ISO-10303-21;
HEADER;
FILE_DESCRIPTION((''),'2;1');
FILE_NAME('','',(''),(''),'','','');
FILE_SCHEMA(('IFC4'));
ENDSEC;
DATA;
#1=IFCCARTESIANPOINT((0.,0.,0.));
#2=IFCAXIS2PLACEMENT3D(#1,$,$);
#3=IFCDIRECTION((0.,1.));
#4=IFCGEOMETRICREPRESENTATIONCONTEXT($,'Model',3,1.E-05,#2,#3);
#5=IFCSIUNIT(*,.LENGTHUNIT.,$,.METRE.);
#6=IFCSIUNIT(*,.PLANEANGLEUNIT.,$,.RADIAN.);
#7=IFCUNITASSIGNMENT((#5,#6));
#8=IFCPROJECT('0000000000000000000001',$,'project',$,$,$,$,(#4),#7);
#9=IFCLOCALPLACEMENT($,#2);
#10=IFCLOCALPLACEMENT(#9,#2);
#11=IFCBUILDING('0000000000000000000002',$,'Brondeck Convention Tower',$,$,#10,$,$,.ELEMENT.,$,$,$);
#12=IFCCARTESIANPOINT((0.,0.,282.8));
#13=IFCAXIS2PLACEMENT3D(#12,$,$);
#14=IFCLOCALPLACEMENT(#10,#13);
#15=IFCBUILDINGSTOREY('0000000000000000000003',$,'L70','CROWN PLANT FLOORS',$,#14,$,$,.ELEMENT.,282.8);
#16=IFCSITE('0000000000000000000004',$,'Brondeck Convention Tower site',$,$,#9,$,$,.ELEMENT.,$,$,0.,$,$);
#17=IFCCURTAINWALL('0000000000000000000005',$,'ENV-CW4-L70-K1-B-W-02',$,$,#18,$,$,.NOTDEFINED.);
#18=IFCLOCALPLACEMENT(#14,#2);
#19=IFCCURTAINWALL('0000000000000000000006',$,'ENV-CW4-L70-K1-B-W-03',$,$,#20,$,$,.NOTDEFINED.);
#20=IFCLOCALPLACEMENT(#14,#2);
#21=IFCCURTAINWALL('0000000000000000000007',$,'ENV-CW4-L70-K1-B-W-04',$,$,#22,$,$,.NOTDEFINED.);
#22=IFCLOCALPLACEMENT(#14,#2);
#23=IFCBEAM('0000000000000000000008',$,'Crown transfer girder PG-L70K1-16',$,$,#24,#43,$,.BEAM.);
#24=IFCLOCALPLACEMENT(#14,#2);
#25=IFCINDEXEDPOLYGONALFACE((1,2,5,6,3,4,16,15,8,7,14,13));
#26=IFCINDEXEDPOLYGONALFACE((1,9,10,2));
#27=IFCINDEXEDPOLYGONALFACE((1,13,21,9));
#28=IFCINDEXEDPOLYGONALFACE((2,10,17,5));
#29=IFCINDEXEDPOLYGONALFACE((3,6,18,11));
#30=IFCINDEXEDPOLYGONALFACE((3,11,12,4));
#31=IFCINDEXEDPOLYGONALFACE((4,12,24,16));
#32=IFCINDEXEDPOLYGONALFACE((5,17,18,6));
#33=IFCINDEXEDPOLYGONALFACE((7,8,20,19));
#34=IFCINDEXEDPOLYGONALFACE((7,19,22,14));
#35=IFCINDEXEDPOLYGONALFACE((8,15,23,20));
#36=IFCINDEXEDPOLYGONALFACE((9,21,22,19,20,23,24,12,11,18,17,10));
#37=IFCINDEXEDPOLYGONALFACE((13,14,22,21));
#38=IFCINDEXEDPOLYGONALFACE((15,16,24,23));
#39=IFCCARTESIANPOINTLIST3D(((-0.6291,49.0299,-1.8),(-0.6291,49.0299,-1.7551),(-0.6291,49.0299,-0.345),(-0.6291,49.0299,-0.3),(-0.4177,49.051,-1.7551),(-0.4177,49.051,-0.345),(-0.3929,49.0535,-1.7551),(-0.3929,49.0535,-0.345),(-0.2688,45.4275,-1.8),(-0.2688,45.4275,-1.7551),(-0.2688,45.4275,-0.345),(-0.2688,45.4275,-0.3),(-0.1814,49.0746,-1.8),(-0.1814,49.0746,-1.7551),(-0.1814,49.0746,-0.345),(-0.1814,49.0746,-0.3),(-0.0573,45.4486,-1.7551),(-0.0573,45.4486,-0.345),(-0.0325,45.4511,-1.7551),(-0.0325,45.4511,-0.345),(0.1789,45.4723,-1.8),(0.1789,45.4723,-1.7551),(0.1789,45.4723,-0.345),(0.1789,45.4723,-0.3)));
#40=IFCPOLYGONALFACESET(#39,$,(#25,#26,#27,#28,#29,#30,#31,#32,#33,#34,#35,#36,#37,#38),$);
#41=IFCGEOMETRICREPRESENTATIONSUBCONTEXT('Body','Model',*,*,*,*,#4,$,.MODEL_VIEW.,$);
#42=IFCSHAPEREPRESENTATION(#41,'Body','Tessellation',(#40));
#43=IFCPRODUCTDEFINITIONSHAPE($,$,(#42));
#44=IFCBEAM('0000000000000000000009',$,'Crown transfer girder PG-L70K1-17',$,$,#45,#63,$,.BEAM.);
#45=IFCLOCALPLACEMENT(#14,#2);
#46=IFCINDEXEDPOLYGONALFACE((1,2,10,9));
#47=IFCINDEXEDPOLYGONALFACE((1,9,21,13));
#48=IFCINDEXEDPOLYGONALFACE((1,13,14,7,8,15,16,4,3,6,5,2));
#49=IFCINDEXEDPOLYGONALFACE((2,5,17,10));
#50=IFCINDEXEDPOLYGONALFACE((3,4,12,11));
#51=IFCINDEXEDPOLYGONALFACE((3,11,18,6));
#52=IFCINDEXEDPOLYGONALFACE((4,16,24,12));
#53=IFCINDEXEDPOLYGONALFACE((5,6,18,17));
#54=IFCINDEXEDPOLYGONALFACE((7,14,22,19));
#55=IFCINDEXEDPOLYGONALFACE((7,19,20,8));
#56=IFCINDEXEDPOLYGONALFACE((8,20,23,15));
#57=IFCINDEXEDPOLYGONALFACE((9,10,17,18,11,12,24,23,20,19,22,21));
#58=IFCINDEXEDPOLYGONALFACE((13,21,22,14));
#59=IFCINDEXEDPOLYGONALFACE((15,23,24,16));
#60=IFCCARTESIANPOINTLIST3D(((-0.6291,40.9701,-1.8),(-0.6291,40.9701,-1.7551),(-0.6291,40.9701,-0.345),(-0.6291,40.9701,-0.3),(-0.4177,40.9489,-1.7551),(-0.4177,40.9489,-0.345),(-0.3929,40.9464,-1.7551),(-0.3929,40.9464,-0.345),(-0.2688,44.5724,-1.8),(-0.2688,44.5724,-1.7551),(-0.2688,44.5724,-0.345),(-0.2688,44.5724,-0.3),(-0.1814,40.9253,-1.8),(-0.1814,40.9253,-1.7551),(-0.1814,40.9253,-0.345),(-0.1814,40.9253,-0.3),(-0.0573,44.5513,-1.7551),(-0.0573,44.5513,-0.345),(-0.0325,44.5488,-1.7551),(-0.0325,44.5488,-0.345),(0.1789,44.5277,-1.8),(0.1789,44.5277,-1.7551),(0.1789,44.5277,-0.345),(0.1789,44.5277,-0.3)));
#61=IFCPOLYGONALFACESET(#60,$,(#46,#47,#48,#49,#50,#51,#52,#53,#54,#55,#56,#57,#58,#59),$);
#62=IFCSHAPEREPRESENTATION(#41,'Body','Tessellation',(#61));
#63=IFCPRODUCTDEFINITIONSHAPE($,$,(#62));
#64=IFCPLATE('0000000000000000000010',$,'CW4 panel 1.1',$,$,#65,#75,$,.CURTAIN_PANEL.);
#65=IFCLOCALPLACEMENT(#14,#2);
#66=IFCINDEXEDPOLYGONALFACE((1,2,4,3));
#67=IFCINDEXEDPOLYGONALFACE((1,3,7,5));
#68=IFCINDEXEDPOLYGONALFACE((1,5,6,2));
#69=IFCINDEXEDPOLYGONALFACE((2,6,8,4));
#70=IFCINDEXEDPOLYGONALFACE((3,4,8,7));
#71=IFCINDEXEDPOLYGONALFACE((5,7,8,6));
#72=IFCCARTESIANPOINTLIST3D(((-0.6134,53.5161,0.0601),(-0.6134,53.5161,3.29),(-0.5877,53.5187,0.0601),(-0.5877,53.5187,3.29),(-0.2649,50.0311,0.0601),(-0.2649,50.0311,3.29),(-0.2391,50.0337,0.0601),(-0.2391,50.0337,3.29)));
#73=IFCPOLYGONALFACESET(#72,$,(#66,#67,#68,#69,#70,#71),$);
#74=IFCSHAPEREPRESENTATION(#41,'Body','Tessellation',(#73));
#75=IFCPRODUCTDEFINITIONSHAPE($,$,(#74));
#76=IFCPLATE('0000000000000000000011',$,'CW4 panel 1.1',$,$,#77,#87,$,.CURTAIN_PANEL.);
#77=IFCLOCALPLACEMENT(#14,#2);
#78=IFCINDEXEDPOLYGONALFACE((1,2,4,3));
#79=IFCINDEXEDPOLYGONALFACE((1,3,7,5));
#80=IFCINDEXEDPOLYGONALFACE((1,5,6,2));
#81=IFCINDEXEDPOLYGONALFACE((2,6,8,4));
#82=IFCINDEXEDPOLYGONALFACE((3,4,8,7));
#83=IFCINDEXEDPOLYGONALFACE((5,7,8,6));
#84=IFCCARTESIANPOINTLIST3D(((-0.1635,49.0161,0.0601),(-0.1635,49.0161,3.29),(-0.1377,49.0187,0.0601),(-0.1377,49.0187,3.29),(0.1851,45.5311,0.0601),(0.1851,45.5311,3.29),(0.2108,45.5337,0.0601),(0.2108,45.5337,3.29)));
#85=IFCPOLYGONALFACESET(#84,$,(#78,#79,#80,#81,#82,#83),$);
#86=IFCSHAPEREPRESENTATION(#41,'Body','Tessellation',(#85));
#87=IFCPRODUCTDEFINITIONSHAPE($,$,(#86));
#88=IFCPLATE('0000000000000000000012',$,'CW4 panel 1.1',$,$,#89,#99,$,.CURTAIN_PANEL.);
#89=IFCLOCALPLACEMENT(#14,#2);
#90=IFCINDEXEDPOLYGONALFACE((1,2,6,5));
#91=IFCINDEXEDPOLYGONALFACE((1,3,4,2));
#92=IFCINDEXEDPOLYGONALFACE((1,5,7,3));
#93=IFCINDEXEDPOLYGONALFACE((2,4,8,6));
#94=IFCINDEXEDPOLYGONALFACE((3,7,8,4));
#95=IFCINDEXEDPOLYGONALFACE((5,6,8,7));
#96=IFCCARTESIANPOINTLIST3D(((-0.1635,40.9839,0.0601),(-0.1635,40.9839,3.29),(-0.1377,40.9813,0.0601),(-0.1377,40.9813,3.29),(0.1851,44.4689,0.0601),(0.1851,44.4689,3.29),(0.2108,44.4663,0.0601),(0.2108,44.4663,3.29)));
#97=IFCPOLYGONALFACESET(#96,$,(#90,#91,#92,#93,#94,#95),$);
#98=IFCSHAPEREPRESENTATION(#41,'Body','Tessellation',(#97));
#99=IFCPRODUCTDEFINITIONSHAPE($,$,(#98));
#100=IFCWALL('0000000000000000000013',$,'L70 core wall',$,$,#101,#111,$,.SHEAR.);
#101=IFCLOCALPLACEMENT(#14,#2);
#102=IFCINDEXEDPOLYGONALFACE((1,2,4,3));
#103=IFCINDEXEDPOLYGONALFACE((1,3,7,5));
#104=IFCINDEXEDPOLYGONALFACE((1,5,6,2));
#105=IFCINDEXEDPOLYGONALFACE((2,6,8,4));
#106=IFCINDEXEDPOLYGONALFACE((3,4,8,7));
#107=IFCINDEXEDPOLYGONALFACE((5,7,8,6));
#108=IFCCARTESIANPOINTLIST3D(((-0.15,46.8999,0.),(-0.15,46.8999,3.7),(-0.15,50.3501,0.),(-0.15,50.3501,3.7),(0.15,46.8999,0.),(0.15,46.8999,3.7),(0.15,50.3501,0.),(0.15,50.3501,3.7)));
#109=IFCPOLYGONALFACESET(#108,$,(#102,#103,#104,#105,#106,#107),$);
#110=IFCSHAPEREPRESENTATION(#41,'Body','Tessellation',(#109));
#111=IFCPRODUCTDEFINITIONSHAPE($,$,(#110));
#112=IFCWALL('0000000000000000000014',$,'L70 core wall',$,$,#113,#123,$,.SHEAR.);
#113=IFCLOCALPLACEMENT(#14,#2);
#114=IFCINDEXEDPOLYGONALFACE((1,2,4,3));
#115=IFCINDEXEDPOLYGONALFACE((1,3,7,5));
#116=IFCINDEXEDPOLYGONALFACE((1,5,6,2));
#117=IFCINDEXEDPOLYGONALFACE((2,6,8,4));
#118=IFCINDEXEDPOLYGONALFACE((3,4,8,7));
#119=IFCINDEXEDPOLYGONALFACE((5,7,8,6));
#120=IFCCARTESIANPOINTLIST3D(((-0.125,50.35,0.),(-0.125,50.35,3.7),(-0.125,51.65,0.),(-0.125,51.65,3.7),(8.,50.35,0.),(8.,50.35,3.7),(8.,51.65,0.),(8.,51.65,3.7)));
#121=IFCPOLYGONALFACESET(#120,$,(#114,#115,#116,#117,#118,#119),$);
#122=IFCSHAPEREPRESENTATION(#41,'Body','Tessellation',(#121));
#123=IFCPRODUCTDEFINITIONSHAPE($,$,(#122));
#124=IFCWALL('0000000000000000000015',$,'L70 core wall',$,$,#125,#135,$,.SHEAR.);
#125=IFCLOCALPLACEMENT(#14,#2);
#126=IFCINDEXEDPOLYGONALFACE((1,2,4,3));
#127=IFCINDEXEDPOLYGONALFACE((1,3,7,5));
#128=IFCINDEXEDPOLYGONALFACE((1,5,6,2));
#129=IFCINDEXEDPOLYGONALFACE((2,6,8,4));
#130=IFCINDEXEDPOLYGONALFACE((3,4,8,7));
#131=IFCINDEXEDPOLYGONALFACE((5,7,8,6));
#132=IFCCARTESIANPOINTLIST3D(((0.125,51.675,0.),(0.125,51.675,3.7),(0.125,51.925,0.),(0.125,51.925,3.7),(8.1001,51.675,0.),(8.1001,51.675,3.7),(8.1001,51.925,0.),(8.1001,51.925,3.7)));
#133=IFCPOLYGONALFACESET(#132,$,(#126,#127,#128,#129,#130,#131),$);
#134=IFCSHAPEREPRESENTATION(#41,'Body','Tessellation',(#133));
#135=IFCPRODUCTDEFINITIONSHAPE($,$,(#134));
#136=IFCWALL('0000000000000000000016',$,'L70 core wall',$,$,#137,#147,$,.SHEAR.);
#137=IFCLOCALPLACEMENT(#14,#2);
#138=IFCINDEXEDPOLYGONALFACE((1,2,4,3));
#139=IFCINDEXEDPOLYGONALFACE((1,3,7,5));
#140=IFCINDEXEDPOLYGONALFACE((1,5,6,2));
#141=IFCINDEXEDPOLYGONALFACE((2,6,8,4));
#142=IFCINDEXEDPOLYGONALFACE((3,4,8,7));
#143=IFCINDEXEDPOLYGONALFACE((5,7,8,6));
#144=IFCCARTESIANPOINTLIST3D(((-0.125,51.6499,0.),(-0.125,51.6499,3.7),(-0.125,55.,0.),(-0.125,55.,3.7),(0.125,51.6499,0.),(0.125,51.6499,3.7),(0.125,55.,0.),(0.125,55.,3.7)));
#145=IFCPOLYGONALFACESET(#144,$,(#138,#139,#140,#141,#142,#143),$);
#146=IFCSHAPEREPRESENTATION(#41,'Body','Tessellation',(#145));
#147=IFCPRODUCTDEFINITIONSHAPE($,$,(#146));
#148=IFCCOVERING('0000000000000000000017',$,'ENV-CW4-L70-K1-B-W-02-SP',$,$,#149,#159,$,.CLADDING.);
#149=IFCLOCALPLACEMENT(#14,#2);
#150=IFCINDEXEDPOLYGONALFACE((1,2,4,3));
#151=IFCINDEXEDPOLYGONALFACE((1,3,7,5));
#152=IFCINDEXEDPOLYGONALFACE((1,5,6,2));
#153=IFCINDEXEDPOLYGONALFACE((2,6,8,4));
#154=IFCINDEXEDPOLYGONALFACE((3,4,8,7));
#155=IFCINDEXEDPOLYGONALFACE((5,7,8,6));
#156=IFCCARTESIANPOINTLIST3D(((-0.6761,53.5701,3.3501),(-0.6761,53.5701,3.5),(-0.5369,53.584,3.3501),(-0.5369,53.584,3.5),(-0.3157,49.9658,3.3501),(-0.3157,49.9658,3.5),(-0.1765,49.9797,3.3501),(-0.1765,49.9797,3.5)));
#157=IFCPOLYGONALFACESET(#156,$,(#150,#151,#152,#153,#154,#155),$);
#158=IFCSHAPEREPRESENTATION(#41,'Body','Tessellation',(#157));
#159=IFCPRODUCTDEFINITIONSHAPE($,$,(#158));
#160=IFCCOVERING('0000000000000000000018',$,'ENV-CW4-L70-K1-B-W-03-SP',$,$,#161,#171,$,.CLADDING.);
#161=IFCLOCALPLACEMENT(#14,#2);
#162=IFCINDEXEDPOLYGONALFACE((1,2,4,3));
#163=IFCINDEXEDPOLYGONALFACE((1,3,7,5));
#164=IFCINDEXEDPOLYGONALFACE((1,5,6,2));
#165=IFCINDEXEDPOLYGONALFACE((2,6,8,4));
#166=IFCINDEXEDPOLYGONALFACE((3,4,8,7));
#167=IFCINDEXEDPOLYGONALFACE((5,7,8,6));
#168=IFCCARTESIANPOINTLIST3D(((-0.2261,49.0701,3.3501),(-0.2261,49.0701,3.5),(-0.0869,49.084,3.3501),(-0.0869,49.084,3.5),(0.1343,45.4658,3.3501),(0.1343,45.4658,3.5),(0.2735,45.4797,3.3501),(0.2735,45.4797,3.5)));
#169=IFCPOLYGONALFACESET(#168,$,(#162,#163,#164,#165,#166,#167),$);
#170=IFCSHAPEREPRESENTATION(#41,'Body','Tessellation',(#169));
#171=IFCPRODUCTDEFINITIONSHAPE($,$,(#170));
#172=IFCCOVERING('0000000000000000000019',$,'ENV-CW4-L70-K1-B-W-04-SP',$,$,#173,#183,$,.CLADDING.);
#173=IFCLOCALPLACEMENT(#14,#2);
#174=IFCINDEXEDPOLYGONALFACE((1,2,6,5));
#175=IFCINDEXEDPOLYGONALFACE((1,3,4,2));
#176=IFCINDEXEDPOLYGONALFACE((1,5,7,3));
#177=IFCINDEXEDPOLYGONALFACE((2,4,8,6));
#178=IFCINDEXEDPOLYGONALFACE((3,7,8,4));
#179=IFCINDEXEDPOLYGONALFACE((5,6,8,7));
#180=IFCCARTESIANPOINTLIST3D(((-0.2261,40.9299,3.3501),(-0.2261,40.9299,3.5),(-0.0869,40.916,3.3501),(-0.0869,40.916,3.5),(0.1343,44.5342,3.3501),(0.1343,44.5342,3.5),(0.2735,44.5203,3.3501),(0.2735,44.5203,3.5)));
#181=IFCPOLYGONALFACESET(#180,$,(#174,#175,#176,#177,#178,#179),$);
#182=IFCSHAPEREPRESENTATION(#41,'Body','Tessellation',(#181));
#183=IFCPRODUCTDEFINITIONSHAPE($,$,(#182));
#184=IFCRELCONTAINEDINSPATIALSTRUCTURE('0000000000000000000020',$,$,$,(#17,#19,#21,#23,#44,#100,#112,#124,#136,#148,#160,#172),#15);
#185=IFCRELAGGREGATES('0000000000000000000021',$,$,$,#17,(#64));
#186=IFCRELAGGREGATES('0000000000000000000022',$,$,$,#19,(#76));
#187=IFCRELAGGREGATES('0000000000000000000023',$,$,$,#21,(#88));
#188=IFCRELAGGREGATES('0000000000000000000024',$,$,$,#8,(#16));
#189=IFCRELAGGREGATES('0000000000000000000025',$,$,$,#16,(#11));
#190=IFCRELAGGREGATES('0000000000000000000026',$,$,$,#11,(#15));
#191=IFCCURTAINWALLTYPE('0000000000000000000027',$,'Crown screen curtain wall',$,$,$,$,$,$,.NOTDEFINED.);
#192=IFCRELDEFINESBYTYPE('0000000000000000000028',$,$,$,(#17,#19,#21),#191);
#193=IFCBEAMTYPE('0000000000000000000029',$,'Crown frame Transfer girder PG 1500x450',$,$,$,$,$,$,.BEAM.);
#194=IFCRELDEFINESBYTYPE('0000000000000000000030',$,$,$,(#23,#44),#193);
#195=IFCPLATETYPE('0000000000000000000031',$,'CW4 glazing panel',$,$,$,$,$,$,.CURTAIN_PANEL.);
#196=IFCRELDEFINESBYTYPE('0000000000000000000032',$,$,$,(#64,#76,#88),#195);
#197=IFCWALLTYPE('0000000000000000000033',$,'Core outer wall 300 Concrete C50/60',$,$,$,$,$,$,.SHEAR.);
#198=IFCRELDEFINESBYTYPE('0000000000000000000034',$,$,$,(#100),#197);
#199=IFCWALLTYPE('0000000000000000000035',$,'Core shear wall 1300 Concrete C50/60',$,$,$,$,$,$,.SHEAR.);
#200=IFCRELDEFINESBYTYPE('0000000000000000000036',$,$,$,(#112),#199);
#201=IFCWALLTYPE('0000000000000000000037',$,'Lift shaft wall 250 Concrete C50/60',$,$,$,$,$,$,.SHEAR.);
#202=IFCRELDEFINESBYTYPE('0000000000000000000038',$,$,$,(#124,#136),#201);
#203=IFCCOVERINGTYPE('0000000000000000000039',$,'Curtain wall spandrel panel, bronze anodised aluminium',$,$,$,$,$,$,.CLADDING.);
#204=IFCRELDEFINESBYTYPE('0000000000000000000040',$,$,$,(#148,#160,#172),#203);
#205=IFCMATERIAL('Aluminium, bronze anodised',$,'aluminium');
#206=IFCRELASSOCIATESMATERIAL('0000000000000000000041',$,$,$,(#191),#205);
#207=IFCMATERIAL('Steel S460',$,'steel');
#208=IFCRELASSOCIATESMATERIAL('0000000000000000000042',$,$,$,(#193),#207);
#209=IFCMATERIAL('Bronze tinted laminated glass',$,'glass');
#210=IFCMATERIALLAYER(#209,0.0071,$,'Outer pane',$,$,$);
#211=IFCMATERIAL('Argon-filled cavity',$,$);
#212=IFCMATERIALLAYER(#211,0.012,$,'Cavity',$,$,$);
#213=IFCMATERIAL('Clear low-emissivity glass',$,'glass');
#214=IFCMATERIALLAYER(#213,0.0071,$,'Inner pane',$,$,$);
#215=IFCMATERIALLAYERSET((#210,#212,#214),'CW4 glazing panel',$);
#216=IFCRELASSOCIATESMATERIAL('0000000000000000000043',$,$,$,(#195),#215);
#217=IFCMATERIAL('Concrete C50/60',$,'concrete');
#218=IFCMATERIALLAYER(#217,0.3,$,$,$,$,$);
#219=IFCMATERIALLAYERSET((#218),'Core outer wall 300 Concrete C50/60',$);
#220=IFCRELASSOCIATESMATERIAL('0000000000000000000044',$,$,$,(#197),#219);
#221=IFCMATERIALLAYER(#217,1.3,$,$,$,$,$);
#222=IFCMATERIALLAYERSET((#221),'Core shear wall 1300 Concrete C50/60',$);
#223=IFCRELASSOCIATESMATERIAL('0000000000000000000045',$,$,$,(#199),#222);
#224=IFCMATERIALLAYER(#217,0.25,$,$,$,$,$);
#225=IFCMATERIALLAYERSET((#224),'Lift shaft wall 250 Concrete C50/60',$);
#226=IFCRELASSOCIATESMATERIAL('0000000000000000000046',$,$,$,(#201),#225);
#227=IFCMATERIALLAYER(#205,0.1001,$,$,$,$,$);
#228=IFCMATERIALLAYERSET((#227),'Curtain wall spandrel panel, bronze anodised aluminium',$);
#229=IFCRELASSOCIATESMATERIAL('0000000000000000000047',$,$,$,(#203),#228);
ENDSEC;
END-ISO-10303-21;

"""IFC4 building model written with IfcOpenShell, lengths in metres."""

from ifc_helpers import new_model, si_unit, direction, frame, frame_2d, origin, origin_2d, place, context, subcontext, project, spatial, rectangle, i_section, extrude, material, layer, layer_set, material_profile, profile_set, type_object, element, aggregate, save


model = new_model("IFC4")

# Units and contexts
model_context = context("Model", 3, precision=1e-05, world=origin(), true_north=direction((0.0, 1.0)))
body_context = subcontext(model_context, "Body", "Model", "MODEL_VIEW")
ifc_project = project(units=[si_unit("LENGTHUNIT", "METRE"), si_unit("PLANEANGLEUNIT", "RADIAN")], contexts=[model_context])

# Site, building, storey
site_placement = place(None, origin())
site = spatial("IfcSite", under=ifc_project, at=site_placement, Name="Brondeck Convention Tower site", CompositionType="ELEMENT", RefElevation=0.0)
building_placement = place(site_placement, origin())
building = spatial("IfcBuilding", under=site, at=building_placement, Name="Brondeck Convention Tower", CompositionType="ELEMENT")
storey_placement = place(building_placement, frame((0.0, 0.0, 282.8)))
storey = spatial("IfcBuildingStorey", under=building, at=storey_placement, Name="L70", Description="CROWN PLANT FLOORS", CompositionType="ELEMENT", Elevation=282.8)

# Shared definitions
ifc_material_1 = material(Name="Concrete C50/60", Category="concrete")

# Shared definitions
ifc_material_2 = material(Name="Aluminium, bronze anodised", Category="aluminium")
curtain_wall_type = type_object("IfcCurtainWallType", Name="Crown screen curtain wall", PredefinedType="NOTDEFINED", material=ifc_material_2)

# Curtain wall
curtain_wall_1_placement = place(storey_placement, origin())
curtain_wall_1 = element("IfcCurtainWall", 1, at=curtain_wall_1_placement, inside=storey, type_object=curtain_wall_type, Name="ENV-CW4-L70-K1-B-W-02", PredefinedType="NOTDEFINED")

# Curtain wall
curtain_wall_2_placement = place(storey_placement, origin())
curtain_wall_2 = element("IfcCurtainWall", 2, at=curtain_wall_2_placement, inside=storey, type_object=curtain_wall_type, Name="ENV-CW4-L70-K1-B-W-03", PredefinedType="NOTDEFINED")

# Curtain wall
curtain_wall_3_placement = place(storey_placement, origin())
curtain_wall_3 = element("IfcCurtainWall", 3, at=curtain_wall_3_placement, inside=storey, type_object=curtain_wall_type, Name="ENV-CW4-L70-K1-B-W-04", PredefinedType="NOTDEFINED")

# Beams
ifc_material_3 = material(Name="Steel S460", Category="steel")
ifc_material_profile_1 = material_profile(ifc_material_3, i_section(OverallWidth=0.45, OverallDepth=1.5, WebThickness=0.0249, FlangeThickness=0.0449, at=origin_2d()), Name="PG 1500x450")
ifc_profile_set_1 = profile_set([ifc_material_profile_1], Name="Steel S460")
beam_type = type_object("IfcBeamType", Name="Crown frame Transfer girder PG 1500x450", PredefinedType="BEAM", material=ifc_profile_set_1)
for number, where, z_axis, x_axis, name in (
    (4, (-0.4053, 49.0522, -1.05), (0.099537, -0.995034, 0.0), (0.995034, 0.099537, 0.0), "Crown transfer girder PG-L70K1-16"),
    (5, (-0.0449, 44.55, -1.05), (-0.099537, -0.995034, 0.0), (0.995034, -0.099537, 0.0), "Crown transfer girder PG-L70K1-17"),
):
    element("IfcBeam", number, at=place(storey_placement, frame(where, z_axis=z_axis, x_axis=x_axis)), inside=storey, type_object=beam_type, Name=name, PredefinedType="BEAM", context=body_context, shape_type="SweptSolid", body=[
        extrude(i_section(OverallWidth=0.45, OverallDepth=1.5, WebThickness=0.0249, FlangeThickness=0.0449, at=origin_2d()), origin(), (0.0, 0.0, 1.0), 3.6204),
    ])

# Plates
ifc_material_4 = material(Name="Bronze tinted laminated glass", Category="glass")
ifc_layer_1 = layer(ifc_material_4, 0.0071, Name="Outer pane")
ifc_material_5 = material(Name="Argon-filled cavity")
ifc_layer_2 = layer(ifc_material_5, 0.012, Name="Cavity")
ifc_material_6 = material(Name="Clear low-emissivity glass", Category="glass")
ifc_layer_3 = layer(ifc_material_6, 0.0071, Name="Inner pane")
ifc_layer_set_1 = layer_set([ifc_layer_1, ifc_layer_2, ifc_layer_3], Name="CW4 glazing panel")
plate_type = type_object("IfcPlateType", Name="CW4 glazing panel", PredefinedType="CURTAIN_PANEL", material=ifc_layer_set_1)
plate_1_placement = place(storey_placement, frame((-0.4263, 51.7749, 0.0601), z_axis=(0.0, 0.0, 1.0), x_axis=(-0.099517, 0.995036, 0.0)))
plate_1 = element("IfcPlate", 6, at=plate_1_placement, type_object=plate_type, Name="CW4 panel 1.1", PredefinedType="CURTAIN_PANEL", context=body_context, shape_type="SweptSolid", body=[
    extrude(rectangle(XDim=3.5024, YDim=0.0259, at=origin_2d()), origin(), (0.0, 0.0, 1.0), 3.23),
])
aggregate(curtain_wall_1, [plate_1])
plate_2_placement = place(storey_placement, frame((0.0237, 47.2749, 0.0601), z_axis=(0.0, 0.0, 1.0), x_axis=(-0.099517, 0.995036, 0.0)))
plate_2 = element("IfcPlate", 7, at=plate_2_placement, type_object=plate_type, Name="CW4 panel 1.1", PredefinedType="CURTAIN_PANEL", context=body_context, shape_type="SweptSolid", body=[
    extrude(rectangle(XDim=3.5024, YDim=0.0259, at=origin_2d()), origin(), (0.0, 0.0, 1.0), 3.23),
])
aggregate(curtain_wall_2, [plate_2])
plate_3_placement = place(storey_placement, frame((0.0237, 42.7251, 0.0601), z_axis=(0.0, 0.0, 1.0), x_axis=(0.099517, 0.995036, 0.0)))
plate_3 = element("IfcPlate", 8, at=plate_3_placement, type_object=plate_type, Name="CW4 panel 1.1", PredefinedType="CURTAIN_PANEL", context=body_context, shape_type="SweptSolid", body=[
    extrude(rectangle(XDim=3.5024, YDim=0.0259, at=origin_2d()), origin(), (0.0, 0.0, 1.0), 3.23),
])
aggregate(curtain_wall_3, [plate_3])

# Walls
ifc_layer_4 = layer(ifc_material_1, 0.3)
ifc_layer_set_2 = layer_set([ifc_layer_4], Name="Core outer wall 300 Concrete C50/60")
wall_type_1 = type_object("IfcWallType", Name="Core outer wall 300 Concrete C50/60", PredefinedType="SHEAR", material=ifc_layer_set_2)
wall_1_placement = place(storey_placement, frame((0.0, 46.8999, 0.0), z_axis=(0.0, 0.0, 1.0), x_axis=(0.0, 1.0, 0.0)))
element("IfcWall", 9, at=wall_1_placement, inside=storey, type_object=wall_type_1, Name="L70 core wall", PredefinedType="SHEAR", context=body_context, shape_type="SweptSolid", body=[
    extrude(rectangle(XDim=3.4502, YDim=0.3, at=frame_2d((1.7251, 0.0))), origin(), (0.0, 0.0, 1.0), 3.7),
])
ifc_layer_5 = layer(ifc_material_1, 1.3)
ifc_layer_set_3 = layer_set([ifc_layer_5], Name="Core shear wall 1300 Concrete C50/60")
wall_type_2 = type_object("IfcWallType", Name="Core shear wall 1300 Concrete C50/60", PredefinedType="SHEAR", material=ifc_layer_set_3)
wall_2_placement = place(storey_placement, frame((-0.125, 51.0, 0.0), z_axis=(0.0, 0.0, 1.0), x_axis=(1.0, 0.0, 0.0)))
element("IfcWall", 10, at=wall_2_placement, inside=storey, type_object=wall_type_2, Name="L70 core wall", PredefinedType="SHEAR", context=body_context, shape_type="SweptSolid", body=[
    extrude(rectangle(XDim=8.125, YDim=1.3, at=frame_2d((4.0625, 0.0))), origin(), (0.0, 0.0, 1.0), 3.7),
])
ifc_layer_6 = layer(ifc_material_1, 0.25)
ifc_layer_set_4 = layer_set([ifc_layer_6], Name="Lift shaft wall 250 Concrete C50/60")
wall_type_3 = type_object("IfcWallType", Name="Lift shaft wall 250 Concrete C50/60", PredefinedType="SHEAR", material=ifc_layer_set_4)
wall_3_placement = place(storey_placement, frame((0.125, 51.8, 0.0), z_axis=(0.0, 0.0, 1.0), x_axis=(1.0, 0.0, 0.0)))
element("IfcWall", 11, at=wall_3_placement, inside=storey, type_object=wall_type_3, Name="L70 core wall", PredefinedType="SHEAR", context=body_context, shape_type="SweptSolid", body=[
    extrude(rectangle(XDim=7.9751, YDim=0.25, at=frame_2d((3.9875, 0.0))), origin(), (0.0, 0.0, 1.0), 3.7),
])
wall_4_placement = place(storey_placement, frame((0.0, 51.6499, 0.0), z_axis=(0.0, 0.0, 1.0), x_axis=(0.0, 1.0, 0.0)))
element("IfcWall", 12, at=wall_4_placement, inside=storey, type_object=wall_type_3, Name="L70 core wall", PredefinedType="SHEAR", context=body_context, shape_type="SweptSolid", body=[
    extrude(rectangle(XDim=3.3501, YDim=0.25, at=frame_2d((1.675, 0.0))), origin(), (0.0, 0.0, 1.0), 3.7),
])

# Coverings
ifc_layer_7 = layer(ifc_material_2, 0.1001)
ifc_layer_set_5 = layer_set([ifc_layer_7], Name="Curtain wall spandrel panel, bronze anodised aluminium")
covering_type = type_object("IfcCoveringType", Name="Curtain wall spandrel panel, bronze anodised aluminium", PredefinedType="CLADDING", material=ifc_layer_set_5)
for number, where, z_axis, x_axis, name in (
    (13, (-0.4263, 51.7749, 3.3501), (0.0, 0.0, 1.0), (-0.099504, 0.995037, 0.0), "ENV-CW4-L70-K1-B-W-02-SP"),
    (14, (0.0237, 47.2749, 3.3501), (0.0, 0.0, 1.0), (-0.099504, 0.995037, 0.0), "ENV-CW4-L70-K1-B-W-03-SP"),
    (15, (0.0237, 42.7251, 3.3501), (0.0, 0.0, 1.0), (0.099504, 0.995037, 0.0), "ENV-CW4-L70-K1-B-W-04-SP"),
):
    element("IfcCovering", number, at=place(storey_placement, frame(where, z_axis=z_axis, x_axis=x_axis)), inside=storey, type_object=covering_type, Name=name, PredefinedType="CLADDING", context=body_context, shape_type="SweptSolid", body=[
        extrude(rectangle(XDim=3.6223, YDim=0.1399, at=origin_2d()), origin(), (0.0, 0.0, 1.0), 0.1499),
    ])

save(model, "model.ifc")
